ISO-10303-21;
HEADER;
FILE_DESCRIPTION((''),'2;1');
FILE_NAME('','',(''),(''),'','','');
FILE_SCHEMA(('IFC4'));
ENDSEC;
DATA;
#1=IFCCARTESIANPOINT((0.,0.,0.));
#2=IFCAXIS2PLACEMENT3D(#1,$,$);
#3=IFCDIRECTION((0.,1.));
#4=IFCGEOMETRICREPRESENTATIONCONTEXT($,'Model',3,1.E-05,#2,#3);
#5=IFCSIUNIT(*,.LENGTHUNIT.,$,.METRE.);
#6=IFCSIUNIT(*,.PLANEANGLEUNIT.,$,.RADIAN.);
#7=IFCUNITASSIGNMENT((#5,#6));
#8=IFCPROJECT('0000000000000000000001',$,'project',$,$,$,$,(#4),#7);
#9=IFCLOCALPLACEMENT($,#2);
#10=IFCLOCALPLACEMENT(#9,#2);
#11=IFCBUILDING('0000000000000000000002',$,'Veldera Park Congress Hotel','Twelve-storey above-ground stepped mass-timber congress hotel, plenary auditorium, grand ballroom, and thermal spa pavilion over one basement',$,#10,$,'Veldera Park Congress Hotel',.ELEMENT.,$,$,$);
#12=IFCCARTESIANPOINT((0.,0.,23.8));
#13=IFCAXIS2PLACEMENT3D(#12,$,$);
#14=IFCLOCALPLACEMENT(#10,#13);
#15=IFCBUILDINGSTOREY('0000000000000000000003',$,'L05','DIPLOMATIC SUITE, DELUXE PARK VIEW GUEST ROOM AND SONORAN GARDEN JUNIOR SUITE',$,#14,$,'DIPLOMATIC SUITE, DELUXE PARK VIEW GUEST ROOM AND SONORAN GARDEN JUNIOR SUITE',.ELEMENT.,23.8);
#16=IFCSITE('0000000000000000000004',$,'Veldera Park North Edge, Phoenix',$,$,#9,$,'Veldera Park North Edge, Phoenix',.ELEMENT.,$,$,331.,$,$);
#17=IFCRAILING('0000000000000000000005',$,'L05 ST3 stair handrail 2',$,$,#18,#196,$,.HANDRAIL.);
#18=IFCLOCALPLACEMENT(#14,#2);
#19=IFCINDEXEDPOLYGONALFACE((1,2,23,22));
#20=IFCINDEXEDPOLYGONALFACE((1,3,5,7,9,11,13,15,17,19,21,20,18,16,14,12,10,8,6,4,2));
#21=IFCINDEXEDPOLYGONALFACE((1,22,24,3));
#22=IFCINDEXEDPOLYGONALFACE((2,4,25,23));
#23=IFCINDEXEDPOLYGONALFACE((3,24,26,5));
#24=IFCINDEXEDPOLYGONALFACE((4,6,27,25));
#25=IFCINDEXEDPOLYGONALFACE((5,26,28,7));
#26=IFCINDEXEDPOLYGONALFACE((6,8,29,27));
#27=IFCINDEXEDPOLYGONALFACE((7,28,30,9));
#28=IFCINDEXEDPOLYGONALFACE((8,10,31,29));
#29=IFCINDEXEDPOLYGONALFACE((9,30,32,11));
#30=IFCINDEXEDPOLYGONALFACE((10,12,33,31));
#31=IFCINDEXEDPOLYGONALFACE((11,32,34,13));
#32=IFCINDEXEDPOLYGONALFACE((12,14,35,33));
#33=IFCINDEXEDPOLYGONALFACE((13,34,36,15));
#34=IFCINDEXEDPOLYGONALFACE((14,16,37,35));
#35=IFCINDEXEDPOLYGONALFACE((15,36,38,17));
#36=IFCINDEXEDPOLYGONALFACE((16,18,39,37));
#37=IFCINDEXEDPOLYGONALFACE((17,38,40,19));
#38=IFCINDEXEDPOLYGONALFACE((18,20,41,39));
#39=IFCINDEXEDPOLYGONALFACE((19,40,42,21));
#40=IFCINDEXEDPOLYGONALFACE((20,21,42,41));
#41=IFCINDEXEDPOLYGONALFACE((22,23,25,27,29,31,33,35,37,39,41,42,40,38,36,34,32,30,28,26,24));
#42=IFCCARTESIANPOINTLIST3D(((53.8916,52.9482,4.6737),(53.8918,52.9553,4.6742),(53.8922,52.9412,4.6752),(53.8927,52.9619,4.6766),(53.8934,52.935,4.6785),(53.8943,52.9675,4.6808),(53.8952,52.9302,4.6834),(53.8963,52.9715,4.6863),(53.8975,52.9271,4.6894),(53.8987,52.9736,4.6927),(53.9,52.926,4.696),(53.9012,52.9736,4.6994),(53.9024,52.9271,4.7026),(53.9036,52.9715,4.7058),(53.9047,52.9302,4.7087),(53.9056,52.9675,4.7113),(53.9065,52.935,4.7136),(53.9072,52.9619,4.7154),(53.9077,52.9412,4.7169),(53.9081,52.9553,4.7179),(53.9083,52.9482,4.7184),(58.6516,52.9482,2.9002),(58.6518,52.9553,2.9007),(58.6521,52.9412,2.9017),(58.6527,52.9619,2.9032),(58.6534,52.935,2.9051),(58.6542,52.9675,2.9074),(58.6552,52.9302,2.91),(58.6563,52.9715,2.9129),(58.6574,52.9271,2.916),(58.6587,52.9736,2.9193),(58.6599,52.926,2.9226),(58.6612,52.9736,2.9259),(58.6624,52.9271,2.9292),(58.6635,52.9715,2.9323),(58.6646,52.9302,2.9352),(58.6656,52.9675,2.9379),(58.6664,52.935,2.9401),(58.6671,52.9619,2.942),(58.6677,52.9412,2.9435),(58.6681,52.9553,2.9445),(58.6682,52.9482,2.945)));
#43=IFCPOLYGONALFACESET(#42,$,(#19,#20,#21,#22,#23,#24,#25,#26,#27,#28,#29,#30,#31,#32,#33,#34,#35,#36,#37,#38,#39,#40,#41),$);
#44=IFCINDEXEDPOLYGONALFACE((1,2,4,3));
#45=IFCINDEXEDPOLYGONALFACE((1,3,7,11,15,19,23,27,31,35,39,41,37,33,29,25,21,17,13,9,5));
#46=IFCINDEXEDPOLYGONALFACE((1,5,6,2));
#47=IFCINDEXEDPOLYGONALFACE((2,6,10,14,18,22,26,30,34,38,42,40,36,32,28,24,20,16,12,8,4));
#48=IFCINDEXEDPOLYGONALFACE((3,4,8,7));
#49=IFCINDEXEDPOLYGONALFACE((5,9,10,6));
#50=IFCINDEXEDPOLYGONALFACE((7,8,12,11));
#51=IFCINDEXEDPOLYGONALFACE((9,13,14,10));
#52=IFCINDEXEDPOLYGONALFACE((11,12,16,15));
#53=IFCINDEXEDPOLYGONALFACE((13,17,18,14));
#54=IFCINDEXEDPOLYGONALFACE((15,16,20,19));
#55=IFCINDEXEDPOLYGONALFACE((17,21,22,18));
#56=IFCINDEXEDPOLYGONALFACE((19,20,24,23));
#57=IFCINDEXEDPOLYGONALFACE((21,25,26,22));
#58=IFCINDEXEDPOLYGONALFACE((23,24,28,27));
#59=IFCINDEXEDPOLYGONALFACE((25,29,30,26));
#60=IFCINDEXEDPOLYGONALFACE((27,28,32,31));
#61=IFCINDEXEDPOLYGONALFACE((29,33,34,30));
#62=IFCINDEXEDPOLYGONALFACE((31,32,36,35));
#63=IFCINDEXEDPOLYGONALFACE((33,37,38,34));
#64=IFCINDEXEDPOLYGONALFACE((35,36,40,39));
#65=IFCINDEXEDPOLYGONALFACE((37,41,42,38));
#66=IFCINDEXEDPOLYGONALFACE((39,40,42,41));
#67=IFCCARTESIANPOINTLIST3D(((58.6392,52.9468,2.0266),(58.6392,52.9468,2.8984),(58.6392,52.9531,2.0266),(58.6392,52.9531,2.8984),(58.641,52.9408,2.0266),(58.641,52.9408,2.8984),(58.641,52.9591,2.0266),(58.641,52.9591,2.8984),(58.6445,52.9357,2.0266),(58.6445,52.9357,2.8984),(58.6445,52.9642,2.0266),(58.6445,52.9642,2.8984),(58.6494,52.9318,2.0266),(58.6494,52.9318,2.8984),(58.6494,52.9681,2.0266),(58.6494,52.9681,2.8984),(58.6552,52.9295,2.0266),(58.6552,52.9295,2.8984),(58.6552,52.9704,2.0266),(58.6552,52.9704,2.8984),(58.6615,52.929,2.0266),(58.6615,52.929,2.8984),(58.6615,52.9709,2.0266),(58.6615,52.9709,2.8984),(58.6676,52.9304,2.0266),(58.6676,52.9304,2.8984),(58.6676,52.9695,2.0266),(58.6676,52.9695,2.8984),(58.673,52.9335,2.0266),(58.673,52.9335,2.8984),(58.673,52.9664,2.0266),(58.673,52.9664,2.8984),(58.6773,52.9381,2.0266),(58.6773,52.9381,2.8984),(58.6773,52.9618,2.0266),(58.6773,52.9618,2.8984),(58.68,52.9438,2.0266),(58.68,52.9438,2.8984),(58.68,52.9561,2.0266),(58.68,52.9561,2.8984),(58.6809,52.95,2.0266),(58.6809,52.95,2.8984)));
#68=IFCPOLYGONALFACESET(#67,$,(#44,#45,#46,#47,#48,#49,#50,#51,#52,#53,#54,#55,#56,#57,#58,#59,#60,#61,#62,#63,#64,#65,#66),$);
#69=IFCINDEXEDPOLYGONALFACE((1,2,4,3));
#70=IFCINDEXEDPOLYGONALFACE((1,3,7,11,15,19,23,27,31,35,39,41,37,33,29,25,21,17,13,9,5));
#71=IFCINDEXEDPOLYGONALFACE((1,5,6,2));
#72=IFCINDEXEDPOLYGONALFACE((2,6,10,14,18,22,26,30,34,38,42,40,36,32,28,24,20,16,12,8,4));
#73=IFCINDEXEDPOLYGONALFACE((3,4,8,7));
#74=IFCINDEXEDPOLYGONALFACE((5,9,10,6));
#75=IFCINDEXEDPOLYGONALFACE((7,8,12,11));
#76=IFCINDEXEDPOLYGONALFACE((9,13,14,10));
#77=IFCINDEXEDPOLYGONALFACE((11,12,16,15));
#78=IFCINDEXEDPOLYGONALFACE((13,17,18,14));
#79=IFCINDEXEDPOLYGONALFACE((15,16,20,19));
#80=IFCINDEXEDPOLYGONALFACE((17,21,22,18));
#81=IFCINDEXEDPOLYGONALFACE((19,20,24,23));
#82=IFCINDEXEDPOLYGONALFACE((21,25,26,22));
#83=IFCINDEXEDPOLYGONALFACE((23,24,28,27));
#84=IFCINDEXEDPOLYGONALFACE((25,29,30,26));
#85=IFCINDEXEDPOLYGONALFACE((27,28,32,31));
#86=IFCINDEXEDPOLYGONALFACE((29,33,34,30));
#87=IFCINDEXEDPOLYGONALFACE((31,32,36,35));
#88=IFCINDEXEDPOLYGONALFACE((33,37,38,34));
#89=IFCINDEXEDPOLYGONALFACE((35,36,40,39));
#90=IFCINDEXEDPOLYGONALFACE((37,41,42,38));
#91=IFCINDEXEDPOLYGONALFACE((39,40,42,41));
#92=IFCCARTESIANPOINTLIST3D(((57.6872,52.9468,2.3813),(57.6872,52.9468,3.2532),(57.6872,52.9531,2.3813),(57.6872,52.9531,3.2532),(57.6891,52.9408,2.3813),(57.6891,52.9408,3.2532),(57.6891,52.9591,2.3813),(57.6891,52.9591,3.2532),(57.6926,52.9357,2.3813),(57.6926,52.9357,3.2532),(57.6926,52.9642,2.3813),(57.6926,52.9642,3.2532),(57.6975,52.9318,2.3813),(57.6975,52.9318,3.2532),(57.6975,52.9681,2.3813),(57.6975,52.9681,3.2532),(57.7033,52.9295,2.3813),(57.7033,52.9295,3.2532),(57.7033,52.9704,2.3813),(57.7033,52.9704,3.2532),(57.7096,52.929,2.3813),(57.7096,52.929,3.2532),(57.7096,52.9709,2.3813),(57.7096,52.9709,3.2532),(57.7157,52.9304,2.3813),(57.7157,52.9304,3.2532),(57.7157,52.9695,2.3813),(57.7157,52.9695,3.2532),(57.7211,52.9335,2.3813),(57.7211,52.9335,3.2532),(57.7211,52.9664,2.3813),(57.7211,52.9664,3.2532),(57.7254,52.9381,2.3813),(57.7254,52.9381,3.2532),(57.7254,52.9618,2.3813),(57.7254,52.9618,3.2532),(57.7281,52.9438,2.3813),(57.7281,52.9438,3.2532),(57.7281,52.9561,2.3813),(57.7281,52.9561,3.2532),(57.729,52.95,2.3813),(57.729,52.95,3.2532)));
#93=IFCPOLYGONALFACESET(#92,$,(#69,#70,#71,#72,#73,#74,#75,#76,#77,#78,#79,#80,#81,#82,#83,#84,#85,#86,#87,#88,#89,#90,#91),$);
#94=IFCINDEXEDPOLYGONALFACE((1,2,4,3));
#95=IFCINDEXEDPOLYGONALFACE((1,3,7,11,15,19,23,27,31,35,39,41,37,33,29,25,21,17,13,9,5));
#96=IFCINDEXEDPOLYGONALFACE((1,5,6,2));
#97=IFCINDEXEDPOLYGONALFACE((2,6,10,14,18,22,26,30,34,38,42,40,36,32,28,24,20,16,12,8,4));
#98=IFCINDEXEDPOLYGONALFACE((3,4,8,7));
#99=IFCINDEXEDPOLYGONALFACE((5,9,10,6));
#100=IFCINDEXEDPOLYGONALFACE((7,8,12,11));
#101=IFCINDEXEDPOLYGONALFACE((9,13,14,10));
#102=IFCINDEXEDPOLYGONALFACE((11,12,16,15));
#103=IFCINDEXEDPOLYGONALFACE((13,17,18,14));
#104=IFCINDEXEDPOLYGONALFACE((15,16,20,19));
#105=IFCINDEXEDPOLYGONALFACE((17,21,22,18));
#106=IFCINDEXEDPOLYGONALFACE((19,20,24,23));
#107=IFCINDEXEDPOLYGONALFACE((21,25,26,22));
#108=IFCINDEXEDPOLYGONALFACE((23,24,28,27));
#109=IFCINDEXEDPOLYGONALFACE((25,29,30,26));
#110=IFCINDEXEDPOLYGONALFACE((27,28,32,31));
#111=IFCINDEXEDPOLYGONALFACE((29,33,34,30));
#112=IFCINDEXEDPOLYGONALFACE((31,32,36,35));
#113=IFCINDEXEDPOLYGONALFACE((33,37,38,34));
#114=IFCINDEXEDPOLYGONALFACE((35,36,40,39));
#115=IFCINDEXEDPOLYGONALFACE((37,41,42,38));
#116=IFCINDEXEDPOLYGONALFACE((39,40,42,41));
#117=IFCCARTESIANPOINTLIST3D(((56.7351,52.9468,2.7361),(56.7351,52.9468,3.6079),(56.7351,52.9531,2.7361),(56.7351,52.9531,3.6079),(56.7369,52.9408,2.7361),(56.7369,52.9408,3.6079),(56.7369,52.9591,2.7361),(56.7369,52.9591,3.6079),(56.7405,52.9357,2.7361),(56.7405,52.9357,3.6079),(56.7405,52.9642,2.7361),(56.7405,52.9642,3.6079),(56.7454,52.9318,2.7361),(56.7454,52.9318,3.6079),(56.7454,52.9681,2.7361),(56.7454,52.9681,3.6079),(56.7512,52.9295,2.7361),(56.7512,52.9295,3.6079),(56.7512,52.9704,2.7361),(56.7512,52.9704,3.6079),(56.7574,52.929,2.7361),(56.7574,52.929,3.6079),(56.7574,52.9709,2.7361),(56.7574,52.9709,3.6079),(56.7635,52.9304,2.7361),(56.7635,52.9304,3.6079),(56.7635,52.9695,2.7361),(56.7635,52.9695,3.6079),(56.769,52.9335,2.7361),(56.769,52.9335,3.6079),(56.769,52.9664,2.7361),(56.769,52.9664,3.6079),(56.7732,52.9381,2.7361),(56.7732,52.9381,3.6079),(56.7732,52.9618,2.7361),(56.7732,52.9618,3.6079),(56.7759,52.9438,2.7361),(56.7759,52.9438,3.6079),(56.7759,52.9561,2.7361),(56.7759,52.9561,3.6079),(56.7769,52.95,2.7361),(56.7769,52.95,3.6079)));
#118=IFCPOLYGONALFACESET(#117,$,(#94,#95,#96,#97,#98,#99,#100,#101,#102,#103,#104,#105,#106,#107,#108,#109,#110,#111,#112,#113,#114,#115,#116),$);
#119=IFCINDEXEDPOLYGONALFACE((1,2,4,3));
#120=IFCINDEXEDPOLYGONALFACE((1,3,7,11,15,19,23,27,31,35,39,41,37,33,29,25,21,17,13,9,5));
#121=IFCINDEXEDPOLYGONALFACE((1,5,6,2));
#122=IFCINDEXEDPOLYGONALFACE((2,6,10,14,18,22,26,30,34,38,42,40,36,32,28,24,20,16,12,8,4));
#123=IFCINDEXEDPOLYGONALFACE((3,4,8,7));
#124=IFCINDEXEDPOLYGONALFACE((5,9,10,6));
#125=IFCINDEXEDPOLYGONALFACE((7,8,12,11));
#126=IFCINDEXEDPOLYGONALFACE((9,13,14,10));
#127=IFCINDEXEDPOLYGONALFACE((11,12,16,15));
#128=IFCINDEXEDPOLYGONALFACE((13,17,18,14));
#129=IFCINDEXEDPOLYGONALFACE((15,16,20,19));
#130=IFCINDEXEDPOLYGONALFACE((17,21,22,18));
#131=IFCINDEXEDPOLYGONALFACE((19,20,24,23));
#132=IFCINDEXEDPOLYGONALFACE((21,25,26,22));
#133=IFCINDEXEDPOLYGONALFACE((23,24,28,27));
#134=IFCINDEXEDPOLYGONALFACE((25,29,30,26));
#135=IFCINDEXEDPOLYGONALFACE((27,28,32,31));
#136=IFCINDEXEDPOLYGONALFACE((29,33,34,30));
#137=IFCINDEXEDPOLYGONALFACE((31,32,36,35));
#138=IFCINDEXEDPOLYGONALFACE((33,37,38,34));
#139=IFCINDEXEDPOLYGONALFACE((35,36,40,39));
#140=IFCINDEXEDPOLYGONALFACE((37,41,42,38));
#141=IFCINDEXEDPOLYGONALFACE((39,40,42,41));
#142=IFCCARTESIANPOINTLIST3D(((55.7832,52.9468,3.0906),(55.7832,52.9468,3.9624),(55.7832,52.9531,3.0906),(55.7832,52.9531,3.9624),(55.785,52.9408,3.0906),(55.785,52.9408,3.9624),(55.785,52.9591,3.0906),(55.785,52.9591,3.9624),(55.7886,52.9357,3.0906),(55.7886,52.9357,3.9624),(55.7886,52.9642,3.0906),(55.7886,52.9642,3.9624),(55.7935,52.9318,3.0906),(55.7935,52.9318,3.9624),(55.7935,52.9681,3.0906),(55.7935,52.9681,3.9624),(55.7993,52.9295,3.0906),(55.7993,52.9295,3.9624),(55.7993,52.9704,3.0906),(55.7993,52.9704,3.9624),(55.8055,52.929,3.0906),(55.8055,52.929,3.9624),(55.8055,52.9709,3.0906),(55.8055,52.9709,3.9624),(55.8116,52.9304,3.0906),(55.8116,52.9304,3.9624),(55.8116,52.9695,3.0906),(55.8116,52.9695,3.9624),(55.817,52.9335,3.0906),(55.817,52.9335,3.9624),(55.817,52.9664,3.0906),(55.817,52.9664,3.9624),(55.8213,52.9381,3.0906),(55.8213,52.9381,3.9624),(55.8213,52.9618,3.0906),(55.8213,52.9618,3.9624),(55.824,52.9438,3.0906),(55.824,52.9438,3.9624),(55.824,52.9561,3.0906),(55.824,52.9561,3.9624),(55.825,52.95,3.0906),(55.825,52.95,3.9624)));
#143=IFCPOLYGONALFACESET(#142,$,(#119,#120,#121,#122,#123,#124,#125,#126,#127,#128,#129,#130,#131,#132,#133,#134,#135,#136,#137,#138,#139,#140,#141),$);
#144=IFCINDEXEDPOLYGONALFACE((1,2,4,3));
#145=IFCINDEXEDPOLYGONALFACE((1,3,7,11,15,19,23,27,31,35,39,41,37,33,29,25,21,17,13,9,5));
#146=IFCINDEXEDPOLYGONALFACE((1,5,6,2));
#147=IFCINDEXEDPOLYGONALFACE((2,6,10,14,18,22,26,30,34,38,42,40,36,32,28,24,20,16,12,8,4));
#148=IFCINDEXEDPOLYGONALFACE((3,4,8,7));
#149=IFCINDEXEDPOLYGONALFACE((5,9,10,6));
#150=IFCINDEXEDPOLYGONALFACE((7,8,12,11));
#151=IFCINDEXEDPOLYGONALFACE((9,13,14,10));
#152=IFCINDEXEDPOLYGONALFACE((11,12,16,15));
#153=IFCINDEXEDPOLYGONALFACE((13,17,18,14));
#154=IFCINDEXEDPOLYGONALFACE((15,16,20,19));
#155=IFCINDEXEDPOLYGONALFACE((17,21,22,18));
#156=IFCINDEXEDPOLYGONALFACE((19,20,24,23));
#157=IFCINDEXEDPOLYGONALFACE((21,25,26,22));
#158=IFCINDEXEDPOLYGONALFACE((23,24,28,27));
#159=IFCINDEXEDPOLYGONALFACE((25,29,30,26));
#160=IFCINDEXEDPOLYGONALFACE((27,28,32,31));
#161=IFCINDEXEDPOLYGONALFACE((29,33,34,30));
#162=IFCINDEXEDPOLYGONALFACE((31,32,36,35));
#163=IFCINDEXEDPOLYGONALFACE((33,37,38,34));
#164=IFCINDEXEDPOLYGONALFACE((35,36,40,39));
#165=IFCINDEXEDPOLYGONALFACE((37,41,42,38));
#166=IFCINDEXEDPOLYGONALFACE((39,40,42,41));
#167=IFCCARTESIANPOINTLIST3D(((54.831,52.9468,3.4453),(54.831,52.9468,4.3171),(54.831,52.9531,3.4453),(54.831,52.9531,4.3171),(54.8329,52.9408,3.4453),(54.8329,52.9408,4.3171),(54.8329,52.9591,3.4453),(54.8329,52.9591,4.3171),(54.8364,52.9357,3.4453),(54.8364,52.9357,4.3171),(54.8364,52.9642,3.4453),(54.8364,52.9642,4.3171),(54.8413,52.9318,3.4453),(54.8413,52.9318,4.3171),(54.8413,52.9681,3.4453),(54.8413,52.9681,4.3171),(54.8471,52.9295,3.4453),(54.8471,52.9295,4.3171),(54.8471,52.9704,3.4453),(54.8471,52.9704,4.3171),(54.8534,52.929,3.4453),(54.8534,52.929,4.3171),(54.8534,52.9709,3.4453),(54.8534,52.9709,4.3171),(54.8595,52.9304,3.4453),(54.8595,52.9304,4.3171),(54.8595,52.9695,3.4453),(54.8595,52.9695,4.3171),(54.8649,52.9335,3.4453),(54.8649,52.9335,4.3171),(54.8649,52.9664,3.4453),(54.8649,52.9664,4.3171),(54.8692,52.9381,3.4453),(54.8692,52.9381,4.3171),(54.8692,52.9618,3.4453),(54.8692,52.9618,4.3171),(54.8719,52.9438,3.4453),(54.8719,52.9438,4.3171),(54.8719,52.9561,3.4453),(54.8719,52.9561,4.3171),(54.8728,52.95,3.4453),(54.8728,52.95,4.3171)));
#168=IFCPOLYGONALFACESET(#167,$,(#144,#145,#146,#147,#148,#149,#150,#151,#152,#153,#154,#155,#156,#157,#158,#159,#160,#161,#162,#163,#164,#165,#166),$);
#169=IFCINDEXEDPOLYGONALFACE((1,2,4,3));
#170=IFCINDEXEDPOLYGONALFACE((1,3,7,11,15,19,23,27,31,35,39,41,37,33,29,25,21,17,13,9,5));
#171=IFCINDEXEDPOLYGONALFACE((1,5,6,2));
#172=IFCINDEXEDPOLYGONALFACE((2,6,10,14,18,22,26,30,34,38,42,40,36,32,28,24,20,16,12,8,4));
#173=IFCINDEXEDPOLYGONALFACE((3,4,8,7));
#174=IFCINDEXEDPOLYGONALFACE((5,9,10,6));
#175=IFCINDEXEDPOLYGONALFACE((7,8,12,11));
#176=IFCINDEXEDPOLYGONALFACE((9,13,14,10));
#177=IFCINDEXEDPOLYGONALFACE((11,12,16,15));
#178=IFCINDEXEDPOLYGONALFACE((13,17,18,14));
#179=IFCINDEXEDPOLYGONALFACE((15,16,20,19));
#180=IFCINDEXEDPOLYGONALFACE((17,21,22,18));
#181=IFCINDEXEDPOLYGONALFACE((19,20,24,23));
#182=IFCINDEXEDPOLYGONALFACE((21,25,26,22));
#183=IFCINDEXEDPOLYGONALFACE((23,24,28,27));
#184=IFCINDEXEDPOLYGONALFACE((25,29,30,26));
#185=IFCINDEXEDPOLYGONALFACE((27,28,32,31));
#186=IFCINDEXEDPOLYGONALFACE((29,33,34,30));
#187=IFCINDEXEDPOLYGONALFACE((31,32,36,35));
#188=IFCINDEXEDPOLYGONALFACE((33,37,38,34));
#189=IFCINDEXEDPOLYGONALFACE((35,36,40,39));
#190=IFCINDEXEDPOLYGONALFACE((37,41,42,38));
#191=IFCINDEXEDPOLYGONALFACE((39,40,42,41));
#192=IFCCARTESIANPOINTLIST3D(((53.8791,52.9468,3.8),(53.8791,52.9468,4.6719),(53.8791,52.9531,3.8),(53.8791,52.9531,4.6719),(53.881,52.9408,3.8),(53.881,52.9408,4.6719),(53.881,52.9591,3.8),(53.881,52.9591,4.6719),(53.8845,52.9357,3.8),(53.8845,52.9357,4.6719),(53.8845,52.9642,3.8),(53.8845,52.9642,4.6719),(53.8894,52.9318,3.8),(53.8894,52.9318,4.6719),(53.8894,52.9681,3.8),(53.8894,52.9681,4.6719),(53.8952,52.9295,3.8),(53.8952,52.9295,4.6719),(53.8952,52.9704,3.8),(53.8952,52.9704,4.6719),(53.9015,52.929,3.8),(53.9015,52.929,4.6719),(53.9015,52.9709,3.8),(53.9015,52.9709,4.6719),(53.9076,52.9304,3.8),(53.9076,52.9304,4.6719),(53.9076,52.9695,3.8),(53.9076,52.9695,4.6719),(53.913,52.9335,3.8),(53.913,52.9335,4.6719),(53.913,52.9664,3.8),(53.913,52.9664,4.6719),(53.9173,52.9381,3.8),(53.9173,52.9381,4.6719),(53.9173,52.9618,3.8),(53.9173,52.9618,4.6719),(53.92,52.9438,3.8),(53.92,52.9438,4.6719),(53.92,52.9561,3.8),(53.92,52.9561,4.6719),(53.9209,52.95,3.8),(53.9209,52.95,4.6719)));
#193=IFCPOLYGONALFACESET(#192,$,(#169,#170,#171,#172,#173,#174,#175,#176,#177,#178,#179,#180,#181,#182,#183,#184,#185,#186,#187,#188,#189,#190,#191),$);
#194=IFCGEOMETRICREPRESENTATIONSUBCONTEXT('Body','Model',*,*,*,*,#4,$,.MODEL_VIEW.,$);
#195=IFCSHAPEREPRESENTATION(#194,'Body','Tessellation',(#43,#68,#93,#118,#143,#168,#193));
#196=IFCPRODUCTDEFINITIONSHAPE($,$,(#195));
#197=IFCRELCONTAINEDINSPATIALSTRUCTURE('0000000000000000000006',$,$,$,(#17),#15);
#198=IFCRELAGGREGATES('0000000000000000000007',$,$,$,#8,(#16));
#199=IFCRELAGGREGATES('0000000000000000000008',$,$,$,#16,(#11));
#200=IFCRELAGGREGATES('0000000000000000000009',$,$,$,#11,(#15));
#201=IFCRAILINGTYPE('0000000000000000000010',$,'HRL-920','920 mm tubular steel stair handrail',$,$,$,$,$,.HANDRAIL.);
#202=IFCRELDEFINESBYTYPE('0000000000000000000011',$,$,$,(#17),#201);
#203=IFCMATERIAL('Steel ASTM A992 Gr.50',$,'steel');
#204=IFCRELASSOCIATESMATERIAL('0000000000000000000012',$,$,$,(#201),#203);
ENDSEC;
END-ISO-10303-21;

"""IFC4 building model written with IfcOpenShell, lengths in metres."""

from ifc_helpers import new_model, si_unit, direction, frame, origin, origin_2d, place, context, subcontext, project, spatial, circle, extrude, material, type_object, element, save


model = new_model("IFC4")

# Units and contexts
model_context = context("Model", 3, precision=1e-05, world=origin(), true_north=direction((0.0, 1.0)))
body_context = subcontext(model_context, "Body", "Model", "MODEL_VIEW")
ifc_project = project(units=[si_unit("LENGTHUNIT", "METRE"), si_unit("PLANEANGLEUNIT", "RADIAN")], contexts=[model_context])

# Site, building, storey
site_placement = place(None, origin())
site = spatial("IfcSite", under=ifc_project, at=site_placement, Name="Veldera Park North Edge, Phoenix", LongName="Veldera Park North Edge, Phoenix", CompositionType="ELEMENT", RefElevation=331.0)
building_placement = place(site_placement, origin())
building = spatial("IfcBuilding", under=site, at=building_placement, Name="Veldera Park Congress Hotel", Description="Twelve-storey above-ground stepped mass-timber congress hotel, plenary auditorium, grand ballroom, and thermal spa pavilion over one basement", LongName="Veldera Park Congress Hotel", CompositionType="ELEMENT")
storey_placement = place(building_placement, frame((0.0, 0.0, 23.8)))
storey = spatial("IfcBuildingStorey", under=building, at=storey_placement, Name="L05", Description="DIPLOMATIC SUITE, DELUXE PARK VIEW GUEST ROOM AND SONORAN GARDEN JUNIOR SUITE", LongName="DIPLOMATIC SUITE, DELUXE PARK VIEW GUEST ROOM AND SONORAN GARDEN JUNIOR SUITE", CompositionType="ELEMENT", Elevation=23.8)

# Railing
ifc_material_1 = material(Name="Steel ASTM A992 Gr.50", Category="steel")
railing_type_1 = type_object("IfcRailingType", Name="HRL-920", Description="920 mm tubular steel stair handrail", PredefinedType="HANDRAIL", material=ifc_material_1)
railing_1_placement = place(storey_placement, frame((58.6599, 52.95, 2.0266)))
element("IfcRailing", 1, at=railing_1_placement, inside=storey, type_object=railing_type_1, Name="L05 ST3 stair handrail 2", PredefinedType="HANDRAIL", context=body_context, shape_type="SweptSolid", body=[
    extrude(circle(Radius=0.0239, at=origin_2d()), frame((0.0, 0.0, 0.896), z_axis=(-0.937076, 0.0, 0.349126), x_axis=(0.0, -1.0, 0.0)), (0.0, 0.0, 1.0), 5.0796),
    extrude(circle(Radius=0.021, at=origin_2d()), origin(), (0.0, 0.0, 1.0), 0.8718),
    extrude(circle(Radius=0.021, at=origin_2d()), frame((-0.9519, 0.0, 0.3547)), (0.0, 0.0, 1.0), 0.8718),
    extrude(circle(Radius=0.021, at=origin_2d()), frame((-1.9041, 0.0, 0.7095)), (0.0, 0.0, 1.0), 0.8718),
    extrude(circle(Radius=0.021, at=origin_2d()), frame((-2.856, 0.0, 1.064)), (0.0, 0.0, 1.0), 0.8718),
    extrude(circle(Radius=0.021, at=origin_2d()), frame((-3.8081, 0.0, 1.4187)), (0.0, 0.0, 1.0), 0.8718),
    extrude(circle(Radius=0.021, at=origin_2d()), frame((-4.76, 0.0, 1.7734)), (0.0, 0.0, 1.0), 0.8718),
])

save(model, "model.ifc")
